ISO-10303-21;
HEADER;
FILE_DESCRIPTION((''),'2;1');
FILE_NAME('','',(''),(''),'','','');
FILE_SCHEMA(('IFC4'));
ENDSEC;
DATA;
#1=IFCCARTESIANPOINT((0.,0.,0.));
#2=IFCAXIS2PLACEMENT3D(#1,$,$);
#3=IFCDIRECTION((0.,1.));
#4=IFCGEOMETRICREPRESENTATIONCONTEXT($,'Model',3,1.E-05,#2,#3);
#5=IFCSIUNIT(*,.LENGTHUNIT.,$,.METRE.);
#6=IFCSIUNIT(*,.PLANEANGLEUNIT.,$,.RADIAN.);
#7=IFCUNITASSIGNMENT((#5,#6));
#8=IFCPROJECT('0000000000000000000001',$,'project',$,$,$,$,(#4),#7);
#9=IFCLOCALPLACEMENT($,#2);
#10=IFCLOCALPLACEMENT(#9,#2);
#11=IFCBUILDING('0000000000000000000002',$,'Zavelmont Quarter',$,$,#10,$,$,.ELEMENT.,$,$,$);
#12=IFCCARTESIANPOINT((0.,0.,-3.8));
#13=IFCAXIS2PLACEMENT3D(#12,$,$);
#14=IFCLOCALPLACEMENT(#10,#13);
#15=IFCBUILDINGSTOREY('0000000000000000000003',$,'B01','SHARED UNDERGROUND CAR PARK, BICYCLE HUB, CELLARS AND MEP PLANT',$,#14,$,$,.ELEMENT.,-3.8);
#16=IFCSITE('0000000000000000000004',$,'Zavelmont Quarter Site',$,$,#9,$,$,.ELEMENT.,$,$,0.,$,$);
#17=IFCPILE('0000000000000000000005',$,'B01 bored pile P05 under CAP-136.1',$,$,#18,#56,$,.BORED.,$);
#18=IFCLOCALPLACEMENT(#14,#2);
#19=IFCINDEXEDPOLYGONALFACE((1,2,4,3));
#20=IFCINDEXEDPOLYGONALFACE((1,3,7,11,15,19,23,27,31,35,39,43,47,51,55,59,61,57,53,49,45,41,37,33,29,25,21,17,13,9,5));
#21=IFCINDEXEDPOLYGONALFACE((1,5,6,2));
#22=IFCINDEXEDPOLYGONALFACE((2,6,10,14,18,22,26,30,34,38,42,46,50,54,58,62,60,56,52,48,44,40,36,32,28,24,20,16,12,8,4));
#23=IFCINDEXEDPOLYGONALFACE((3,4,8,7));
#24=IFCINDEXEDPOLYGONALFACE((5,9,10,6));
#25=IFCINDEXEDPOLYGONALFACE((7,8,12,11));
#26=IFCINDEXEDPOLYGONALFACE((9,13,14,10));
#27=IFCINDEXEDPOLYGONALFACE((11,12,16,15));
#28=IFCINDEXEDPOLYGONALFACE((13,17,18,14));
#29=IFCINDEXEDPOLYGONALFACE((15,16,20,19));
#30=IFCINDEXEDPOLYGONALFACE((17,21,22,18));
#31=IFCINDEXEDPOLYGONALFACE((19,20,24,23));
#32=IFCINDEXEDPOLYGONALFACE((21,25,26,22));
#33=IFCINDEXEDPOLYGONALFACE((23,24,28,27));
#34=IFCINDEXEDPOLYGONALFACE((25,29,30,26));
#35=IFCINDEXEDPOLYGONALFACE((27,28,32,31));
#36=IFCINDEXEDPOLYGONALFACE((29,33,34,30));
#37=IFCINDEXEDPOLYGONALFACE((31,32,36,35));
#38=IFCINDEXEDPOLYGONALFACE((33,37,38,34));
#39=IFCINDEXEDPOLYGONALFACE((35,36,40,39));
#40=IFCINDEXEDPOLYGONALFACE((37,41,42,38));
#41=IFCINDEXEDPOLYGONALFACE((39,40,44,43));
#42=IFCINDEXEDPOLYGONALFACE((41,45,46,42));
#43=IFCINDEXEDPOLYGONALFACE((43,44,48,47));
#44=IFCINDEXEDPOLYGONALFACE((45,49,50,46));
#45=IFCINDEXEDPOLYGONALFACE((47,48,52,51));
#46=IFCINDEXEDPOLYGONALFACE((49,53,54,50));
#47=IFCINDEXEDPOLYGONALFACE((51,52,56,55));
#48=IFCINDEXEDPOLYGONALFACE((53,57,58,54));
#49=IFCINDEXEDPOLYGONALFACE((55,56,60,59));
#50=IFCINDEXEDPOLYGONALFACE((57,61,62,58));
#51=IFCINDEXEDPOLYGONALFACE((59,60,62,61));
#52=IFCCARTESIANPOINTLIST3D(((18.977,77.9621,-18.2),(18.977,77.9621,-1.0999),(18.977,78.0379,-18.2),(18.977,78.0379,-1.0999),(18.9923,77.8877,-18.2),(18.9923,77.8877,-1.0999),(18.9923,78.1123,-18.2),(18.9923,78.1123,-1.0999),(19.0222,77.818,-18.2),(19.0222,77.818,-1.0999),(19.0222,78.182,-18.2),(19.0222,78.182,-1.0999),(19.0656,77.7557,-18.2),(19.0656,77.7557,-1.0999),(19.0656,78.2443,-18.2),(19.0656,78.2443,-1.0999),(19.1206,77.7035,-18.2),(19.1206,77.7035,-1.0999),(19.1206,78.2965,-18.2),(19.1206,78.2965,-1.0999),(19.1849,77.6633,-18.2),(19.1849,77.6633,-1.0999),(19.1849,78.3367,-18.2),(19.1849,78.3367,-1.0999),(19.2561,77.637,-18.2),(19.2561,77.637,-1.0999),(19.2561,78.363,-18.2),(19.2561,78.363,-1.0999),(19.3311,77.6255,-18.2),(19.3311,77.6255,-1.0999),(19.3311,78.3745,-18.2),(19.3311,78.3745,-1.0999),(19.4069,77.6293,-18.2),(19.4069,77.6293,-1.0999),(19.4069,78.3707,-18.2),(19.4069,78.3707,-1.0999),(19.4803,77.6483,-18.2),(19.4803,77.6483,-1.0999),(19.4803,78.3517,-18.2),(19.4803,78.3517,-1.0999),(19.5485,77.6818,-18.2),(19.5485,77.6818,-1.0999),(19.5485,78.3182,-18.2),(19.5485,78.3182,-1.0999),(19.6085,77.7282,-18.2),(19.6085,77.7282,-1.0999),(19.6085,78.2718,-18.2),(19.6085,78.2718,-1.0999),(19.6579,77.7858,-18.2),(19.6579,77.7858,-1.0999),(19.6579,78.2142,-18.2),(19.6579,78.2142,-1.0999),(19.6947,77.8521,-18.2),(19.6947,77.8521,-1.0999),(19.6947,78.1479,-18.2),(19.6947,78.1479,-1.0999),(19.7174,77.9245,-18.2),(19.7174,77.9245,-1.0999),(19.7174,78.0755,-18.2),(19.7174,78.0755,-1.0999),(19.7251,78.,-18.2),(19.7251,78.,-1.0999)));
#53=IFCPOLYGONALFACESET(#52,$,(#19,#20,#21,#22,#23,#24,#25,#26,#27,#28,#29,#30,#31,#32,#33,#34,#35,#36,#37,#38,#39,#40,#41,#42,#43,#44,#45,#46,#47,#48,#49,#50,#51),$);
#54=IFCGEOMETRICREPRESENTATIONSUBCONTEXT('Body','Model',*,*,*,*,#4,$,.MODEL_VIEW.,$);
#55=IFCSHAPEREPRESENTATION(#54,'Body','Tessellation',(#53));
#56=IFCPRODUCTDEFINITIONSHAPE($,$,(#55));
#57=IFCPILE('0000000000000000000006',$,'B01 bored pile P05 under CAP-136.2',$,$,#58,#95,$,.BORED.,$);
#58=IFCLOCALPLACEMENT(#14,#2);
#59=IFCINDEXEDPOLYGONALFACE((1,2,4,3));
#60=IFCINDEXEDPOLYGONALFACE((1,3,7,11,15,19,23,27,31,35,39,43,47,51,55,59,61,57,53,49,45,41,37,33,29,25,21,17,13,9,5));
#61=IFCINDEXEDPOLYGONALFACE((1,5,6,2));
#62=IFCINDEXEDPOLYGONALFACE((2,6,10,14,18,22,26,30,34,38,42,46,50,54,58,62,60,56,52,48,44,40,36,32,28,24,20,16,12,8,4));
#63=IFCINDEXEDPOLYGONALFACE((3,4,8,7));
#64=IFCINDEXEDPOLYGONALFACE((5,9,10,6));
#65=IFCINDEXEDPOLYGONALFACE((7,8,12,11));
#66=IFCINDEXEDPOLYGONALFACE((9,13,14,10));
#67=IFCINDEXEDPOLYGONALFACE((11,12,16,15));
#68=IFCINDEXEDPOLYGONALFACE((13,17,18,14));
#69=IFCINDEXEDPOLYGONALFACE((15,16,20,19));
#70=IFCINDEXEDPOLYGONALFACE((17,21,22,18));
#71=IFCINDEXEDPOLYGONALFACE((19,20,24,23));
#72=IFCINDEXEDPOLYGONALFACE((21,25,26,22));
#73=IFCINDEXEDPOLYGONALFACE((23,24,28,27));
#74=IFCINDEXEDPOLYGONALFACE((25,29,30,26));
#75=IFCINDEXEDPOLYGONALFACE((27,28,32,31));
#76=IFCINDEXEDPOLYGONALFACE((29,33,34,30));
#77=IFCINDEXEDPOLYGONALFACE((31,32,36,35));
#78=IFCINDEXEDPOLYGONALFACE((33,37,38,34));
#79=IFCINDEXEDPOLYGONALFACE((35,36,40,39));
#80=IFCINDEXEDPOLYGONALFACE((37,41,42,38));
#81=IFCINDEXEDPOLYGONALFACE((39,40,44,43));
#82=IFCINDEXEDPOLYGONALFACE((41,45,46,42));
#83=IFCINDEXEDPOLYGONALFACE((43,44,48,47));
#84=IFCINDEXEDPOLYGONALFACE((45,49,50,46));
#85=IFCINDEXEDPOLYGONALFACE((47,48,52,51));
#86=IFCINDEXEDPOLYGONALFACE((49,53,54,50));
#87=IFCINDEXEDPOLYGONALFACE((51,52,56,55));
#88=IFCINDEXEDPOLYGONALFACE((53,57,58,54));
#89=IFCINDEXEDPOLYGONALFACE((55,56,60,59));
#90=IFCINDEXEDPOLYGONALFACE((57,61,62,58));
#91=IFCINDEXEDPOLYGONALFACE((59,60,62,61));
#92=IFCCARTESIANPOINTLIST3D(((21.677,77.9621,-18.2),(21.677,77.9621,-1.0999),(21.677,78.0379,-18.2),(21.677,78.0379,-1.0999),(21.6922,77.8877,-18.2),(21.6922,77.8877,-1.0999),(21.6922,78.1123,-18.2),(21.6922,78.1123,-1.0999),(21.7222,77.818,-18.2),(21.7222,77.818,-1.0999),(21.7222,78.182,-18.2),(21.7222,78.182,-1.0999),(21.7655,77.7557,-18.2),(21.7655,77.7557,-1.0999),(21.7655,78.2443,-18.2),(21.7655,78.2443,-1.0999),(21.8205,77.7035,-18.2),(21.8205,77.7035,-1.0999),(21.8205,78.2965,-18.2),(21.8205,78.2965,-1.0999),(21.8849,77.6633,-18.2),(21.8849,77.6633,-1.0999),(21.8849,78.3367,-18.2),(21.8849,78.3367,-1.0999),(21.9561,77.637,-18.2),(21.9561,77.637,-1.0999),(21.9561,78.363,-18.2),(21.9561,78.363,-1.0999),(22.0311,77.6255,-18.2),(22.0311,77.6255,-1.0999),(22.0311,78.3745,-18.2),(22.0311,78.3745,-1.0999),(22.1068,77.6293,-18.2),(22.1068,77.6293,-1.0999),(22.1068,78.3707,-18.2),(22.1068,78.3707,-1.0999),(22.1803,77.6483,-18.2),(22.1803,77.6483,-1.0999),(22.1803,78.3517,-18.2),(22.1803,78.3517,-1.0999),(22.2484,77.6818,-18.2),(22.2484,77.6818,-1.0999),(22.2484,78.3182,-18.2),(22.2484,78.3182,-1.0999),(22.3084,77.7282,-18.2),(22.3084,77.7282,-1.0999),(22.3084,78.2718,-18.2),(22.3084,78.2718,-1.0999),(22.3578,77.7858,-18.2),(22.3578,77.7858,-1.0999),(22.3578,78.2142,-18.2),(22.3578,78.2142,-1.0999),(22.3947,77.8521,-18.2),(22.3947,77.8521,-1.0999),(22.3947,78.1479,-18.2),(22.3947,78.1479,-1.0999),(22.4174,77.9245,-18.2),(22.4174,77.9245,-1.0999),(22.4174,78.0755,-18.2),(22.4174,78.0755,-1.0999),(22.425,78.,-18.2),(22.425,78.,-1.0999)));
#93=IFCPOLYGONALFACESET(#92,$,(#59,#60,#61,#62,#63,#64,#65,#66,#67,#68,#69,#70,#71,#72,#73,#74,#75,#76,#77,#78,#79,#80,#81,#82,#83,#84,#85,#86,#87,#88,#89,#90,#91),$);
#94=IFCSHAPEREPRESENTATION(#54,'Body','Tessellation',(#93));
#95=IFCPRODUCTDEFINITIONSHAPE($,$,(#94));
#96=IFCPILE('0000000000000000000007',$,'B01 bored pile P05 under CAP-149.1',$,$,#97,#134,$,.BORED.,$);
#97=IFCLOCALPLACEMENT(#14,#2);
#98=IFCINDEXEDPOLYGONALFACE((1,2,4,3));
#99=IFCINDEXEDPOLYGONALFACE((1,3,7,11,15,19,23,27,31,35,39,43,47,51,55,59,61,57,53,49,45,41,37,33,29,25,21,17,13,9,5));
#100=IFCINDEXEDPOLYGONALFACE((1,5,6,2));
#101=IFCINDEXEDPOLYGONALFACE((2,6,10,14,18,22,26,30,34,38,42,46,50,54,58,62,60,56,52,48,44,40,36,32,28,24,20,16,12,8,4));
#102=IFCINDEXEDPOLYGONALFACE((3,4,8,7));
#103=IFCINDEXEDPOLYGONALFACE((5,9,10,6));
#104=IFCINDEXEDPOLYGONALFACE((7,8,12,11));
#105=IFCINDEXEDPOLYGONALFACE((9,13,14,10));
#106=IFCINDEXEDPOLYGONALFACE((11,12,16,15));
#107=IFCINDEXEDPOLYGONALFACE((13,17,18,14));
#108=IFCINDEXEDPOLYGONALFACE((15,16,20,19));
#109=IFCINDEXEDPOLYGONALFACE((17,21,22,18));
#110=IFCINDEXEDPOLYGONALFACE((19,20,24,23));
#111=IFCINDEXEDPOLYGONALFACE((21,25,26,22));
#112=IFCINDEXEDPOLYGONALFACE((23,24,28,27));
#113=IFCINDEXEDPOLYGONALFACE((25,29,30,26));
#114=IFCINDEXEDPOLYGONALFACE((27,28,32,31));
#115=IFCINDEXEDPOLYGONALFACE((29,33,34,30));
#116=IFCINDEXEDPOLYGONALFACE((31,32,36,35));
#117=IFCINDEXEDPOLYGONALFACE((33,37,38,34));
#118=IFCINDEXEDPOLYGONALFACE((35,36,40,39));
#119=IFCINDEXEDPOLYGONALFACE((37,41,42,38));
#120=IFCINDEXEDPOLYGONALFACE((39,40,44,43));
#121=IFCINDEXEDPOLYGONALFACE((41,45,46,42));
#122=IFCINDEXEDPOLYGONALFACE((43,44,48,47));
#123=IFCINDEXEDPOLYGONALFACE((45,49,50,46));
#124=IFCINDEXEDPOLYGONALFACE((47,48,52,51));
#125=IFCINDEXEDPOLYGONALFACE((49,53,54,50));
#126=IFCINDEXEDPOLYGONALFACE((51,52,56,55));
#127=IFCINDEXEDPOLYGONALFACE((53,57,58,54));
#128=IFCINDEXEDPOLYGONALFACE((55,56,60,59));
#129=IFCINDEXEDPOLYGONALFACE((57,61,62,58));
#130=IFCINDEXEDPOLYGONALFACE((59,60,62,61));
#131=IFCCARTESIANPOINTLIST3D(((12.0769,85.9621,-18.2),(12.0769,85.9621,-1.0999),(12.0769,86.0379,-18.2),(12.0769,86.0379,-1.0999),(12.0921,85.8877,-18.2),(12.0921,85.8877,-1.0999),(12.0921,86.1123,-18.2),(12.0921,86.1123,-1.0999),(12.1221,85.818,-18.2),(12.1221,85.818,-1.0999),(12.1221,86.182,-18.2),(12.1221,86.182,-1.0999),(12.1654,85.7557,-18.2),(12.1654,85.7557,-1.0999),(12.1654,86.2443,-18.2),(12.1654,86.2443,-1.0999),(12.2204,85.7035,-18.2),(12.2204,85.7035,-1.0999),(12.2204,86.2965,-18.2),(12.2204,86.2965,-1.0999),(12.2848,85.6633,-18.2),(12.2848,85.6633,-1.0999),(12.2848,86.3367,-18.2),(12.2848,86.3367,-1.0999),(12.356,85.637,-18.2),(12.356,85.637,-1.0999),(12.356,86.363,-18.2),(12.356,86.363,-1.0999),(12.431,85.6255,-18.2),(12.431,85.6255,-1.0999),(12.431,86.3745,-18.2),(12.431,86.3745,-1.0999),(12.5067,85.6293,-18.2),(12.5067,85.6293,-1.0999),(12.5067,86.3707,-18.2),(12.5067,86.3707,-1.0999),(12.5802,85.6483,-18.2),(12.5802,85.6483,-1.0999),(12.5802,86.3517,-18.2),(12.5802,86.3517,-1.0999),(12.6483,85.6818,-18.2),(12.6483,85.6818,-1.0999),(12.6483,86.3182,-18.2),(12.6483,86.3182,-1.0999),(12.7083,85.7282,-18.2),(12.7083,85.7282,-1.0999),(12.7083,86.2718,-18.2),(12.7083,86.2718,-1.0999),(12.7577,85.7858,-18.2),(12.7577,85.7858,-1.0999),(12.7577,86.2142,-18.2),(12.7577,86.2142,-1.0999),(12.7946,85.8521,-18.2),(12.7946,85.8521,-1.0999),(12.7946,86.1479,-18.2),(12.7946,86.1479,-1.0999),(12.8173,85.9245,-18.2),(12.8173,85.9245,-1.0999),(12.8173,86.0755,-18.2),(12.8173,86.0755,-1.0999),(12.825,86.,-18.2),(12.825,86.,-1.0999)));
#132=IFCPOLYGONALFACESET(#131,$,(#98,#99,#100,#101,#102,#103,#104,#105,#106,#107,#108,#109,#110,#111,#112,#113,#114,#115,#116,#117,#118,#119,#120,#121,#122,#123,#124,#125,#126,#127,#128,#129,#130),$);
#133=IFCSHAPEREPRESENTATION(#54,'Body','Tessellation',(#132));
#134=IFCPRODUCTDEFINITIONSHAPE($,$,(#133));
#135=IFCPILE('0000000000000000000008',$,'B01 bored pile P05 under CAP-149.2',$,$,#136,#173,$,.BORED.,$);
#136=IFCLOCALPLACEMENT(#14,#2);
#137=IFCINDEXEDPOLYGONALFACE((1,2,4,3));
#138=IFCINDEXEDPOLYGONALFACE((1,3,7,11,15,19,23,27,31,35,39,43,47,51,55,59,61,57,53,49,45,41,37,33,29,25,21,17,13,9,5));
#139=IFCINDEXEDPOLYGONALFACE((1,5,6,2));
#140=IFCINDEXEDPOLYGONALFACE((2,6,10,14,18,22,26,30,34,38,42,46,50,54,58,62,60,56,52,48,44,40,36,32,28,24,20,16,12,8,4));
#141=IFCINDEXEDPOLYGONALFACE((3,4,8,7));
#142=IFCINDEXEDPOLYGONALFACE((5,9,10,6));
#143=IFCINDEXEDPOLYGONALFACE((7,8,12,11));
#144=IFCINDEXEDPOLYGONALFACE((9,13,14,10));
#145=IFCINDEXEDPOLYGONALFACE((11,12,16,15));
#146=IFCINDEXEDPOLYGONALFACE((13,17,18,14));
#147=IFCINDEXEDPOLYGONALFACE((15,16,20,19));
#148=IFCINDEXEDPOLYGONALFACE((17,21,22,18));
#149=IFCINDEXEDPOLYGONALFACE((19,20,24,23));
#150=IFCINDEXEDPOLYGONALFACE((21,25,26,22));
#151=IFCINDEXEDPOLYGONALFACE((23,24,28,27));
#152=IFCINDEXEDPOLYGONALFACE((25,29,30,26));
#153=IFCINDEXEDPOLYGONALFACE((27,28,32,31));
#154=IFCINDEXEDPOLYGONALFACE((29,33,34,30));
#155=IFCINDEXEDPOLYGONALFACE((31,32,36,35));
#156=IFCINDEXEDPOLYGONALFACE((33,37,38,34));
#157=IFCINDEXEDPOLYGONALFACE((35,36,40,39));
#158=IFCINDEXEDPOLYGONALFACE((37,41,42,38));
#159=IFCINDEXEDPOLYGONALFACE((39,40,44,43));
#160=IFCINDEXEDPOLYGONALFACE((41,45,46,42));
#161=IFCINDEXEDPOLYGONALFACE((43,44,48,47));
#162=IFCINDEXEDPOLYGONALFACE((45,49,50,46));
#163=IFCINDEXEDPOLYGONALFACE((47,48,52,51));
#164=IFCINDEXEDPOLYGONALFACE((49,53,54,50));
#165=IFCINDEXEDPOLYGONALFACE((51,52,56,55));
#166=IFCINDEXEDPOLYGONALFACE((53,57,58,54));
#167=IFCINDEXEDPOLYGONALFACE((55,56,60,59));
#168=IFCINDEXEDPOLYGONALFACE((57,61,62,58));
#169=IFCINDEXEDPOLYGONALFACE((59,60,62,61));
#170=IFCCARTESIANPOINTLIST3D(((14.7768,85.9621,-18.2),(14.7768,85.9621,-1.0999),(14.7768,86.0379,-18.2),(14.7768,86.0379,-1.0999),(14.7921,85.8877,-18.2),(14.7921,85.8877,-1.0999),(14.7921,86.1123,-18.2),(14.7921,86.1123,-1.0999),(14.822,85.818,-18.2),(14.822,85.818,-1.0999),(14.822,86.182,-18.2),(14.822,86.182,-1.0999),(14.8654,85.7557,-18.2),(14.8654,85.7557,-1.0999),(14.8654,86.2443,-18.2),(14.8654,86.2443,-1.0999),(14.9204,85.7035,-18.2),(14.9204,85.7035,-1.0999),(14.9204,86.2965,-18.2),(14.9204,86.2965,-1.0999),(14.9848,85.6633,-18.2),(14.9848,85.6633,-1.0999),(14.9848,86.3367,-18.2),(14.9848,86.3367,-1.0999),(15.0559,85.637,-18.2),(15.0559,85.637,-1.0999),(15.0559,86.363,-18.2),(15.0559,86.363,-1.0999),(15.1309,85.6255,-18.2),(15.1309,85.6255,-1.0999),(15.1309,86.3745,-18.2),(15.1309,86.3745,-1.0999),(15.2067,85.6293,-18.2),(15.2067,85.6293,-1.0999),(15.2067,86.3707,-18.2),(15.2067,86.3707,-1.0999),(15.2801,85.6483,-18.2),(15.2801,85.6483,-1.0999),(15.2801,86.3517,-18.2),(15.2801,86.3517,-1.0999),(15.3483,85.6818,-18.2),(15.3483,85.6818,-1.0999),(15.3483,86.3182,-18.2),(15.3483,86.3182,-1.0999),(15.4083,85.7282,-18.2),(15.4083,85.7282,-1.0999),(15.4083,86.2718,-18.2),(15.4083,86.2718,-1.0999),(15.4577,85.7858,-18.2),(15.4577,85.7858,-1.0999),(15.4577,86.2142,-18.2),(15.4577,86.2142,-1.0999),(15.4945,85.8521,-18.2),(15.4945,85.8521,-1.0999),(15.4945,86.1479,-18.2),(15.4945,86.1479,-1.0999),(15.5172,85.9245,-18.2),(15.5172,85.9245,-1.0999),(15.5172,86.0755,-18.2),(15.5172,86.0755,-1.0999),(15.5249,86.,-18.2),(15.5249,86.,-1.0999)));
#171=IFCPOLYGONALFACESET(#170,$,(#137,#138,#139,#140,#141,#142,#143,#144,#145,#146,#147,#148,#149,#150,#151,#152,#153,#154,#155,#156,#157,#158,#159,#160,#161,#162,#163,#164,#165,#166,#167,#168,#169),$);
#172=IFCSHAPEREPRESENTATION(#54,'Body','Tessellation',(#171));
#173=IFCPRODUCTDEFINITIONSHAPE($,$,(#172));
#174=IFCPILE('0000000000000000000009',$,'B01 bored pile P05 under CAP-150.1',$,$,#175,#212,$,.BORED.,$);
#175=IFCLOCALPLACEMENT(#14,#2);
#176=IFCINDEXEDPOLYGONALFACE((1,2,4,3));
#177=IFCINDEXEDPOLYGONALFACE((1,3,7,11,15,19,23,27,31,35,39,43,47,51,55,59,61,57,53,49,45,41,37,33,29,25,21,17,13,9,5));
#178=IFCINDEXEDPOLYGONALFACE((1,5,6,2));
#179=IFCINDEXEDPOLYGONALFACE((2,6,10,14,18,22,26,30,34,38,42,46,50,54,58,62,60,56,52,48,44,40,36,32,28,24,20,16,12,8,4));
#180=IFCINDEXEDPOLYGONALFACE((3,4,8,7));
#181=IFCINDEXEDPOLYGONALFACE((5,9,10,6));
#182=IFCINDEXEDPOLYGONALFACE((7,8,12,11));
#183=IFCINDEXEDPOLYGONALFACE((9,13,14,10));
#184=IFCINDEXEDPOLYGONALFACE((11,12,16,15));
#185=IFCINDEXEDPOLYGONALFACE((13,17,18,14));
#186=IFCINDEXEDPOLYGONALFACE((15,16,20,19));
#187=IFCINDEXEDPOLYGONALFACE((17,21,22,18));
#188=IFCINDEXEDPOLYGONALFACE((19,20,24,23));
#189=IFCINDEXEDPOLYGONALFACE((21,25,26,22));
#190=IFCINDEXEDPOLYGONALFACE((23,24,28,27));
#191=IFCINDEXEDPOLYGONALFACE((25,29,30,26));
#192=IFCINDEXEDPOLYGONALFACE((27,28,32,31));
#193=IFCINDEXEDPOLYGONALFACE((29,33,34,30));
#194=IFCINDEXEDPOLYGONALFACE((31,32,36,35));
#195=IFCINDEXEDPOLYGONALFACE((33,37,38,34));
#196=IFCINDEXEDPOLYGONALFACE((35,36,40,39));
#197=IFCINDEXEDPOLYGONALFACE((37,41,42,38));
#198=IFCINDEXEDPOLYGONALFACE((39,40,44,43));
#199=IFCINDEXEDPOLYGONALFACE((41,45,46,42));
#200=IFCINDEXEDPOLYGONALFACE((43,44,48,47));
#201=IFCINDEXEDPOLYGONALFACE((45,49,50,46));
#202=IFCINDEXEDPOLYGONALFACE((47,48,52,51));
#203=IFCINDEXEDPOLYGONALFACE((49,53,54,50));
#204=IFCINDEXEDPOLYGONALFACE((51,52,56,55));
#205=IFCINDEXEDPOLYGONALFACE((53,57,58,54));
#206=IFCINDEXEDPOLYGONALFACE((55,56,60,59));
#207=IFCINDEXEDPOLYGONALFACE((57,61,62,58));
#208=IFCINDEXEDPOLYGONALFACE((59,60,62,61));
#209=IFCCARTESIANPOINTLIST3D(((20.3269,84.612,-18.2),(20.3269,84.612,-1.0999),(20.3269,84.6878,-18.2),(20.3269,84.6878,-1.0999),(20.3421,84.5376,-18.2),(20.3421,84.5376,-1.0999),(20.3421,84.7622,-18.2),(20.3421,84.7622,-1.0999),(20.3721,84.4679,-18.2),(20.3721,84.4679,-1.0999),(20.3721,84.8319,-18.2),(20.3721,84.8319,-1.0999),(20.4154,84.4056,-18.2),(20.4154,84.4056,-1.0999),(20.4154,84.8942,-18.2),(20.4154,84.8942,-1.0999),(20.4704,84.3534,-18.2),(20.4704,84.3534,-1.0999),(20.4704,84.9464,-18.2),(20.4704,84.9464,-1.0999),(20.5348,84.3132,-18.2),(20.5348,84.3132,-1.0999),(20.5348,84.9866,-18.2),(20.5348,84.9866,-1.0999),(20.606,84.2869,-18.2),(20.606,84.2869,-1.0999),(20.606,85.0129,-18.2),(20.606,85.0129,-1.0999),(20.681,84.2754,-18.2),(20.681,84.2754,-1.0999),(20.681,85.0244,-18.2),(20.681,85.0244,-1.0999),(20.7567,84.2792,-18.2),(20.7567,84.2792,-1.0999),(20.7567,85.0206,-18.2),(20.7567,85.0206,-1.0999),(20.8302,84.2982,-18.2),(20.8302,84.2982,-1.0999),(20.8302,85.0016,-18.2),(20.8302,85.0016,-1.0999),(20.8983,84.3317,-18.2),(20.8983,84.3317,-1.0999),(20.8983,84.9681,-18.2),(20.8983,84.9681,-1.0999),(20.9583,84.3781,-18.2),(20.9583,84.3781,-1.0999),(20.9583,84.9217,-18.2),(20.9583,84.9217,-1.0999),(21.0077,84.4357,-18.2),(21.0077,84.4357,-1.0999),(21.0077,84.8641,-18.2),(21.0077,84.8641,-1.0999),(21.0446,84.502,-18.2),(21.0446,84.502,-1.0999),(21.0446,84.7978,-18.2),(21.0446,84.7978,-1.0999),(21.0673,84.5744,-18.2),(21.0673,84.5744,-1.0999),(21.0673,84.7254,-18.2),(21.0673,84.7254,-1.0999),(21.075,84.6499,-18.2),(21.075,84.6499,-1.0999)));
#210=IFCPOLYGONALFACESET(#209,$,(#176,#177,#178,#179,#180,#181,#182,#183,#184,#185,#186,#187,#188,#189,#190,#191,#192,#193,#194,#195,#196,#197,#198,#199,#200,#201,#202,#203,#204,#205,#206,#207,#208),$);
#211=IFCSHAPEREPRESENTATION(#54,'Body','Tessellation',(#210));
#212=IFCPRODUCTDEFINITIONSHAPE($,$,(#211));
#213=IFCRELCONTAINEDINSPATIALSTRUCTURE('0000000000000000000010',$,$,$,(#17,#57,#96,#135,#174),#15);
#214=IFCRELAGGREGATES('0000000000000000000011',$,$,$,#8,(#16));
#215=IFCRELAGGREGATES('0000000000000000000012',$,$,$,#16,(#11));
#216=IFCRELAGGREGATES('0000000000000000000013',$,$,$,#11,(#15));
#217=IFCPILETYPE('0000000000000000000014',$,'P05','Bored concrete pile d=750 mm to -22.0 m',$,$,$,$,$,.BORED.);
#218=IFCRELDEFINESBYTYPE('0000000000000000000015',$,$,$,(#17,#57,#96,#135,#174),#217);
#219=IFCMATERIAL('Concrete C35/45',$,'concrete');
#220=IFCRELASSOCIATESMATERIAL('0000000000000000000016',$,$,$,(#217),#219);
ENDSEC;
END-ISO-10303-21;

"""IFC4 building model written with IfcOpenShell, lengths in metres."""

from ifc_helpers import new_model, si_unit, direction, frame, origin, origin_2d, place, context, subcontext, project, spatial, circle, extrude, material, material_profile, profile_set, type_object, element, save


model = new_model("IFC4")

# Units and contexts
model_context = context("Model", 3, precision=1e-05, world=origin(), true_north=direction((0.0, 1.0)))
body_context = subcontext(model_context, "Body", "Model", "MODEL_VIEW")
ifc_project = project(units=[si_unit("LENGTHUNIT", "METRE"), si_unit("PLANEANGLEUNIT", "RADIAN")], contexts=[model_context])

# Site, building, storey
site_placement = place(None, origin())
site = spatial("IfcSite", under=ifc_project, at=site_placement, Name="Zavelmont Quarter Site", CompositionType="ELEMENT", RefElevation=0.0)
building_placement = place(site_placement, origin())
building = spatial("IfcBuilding", under=site, at=building_placement, Name="Zavelmont Quarter", CompositionType="ELEMENT")
storey_placement = place(building_placement, frame((0.0, 0.0, -3.8)))
storey = spatial("IfcBuildingStorey", under=building, at=storey_placement, Name="B01", Description="SHARED UNDERGROUND CAR PARK, BICYCLE HUB, CELLARS AND MEP PLANT", CompositionType="ELEMENT", Elevation=-3.8)

# Shared definitions
ifc_material_1 = material(Name="Concrete C35/45", Category="concrete")

# Piles
ifc_material_profile_1 = material_profile(ifc_material_1, circle(Radius=0.375, at=origin_2d()), Name="BP750")
ifc_profile_set_1 = profile_set([ifc_material_profile_1], Name="Concrete C35/45")
pile_type_1 = type_object("IfcPileType", Name="P05", Description="Bored concrete pile d=750 mm to -22.0 m", PredefinedType="BORED", material=ifc_profile_set_1)
for number, where, z_axis, x_axis, name in (
    (1, (19.3501, 78.0, -1.0999), (0.0, 0.0, -1.0), (1.0, 0.0, 0.0), "B01 bored pile P05 under CAP-136.1"),
    (2, (22.05, 78.0, -1.0999), (0.0, 0.0, -1.0), (1.0, 0.0, 0.0), "B01 bored pile P05 under CAP-136.2"),
    (3, (12.45, 86.0, -1.0999), (0.0, 0.0, -1.0), (1.0, 0.0, 0.0), "B01 bored pile P05 under CAP-149.1"),
    (4, (15.1499, 86.0, -1.0999), (0.0, 0.0, -1.0), (1.0, 0.0, 0.0), "B01 bored pile P05 under CAP-149.2"),
    (5, (20.7, 84.6499, -1.0999), (0.0, 0.0, -1.0), (1.0, 0.0, 0.0), "B01 bored pile P05 under CAP-150.1"),
):
    element("IfcPile", number, at=place(storey_placement, frame(where, z_axis=z_axis, x_axis=x_axis)), inside=storey, type_object=pile_type_1, Name=name, PredefinedType="BORED", context=body_context, shape_type="SweptSolid", body=[
        extrude(circle(Radius=0.375, at=origin_2d()), origin(), (0.0, 0.0, 1.0), 17.1001),
    ])

save(model, "model.ifc")
